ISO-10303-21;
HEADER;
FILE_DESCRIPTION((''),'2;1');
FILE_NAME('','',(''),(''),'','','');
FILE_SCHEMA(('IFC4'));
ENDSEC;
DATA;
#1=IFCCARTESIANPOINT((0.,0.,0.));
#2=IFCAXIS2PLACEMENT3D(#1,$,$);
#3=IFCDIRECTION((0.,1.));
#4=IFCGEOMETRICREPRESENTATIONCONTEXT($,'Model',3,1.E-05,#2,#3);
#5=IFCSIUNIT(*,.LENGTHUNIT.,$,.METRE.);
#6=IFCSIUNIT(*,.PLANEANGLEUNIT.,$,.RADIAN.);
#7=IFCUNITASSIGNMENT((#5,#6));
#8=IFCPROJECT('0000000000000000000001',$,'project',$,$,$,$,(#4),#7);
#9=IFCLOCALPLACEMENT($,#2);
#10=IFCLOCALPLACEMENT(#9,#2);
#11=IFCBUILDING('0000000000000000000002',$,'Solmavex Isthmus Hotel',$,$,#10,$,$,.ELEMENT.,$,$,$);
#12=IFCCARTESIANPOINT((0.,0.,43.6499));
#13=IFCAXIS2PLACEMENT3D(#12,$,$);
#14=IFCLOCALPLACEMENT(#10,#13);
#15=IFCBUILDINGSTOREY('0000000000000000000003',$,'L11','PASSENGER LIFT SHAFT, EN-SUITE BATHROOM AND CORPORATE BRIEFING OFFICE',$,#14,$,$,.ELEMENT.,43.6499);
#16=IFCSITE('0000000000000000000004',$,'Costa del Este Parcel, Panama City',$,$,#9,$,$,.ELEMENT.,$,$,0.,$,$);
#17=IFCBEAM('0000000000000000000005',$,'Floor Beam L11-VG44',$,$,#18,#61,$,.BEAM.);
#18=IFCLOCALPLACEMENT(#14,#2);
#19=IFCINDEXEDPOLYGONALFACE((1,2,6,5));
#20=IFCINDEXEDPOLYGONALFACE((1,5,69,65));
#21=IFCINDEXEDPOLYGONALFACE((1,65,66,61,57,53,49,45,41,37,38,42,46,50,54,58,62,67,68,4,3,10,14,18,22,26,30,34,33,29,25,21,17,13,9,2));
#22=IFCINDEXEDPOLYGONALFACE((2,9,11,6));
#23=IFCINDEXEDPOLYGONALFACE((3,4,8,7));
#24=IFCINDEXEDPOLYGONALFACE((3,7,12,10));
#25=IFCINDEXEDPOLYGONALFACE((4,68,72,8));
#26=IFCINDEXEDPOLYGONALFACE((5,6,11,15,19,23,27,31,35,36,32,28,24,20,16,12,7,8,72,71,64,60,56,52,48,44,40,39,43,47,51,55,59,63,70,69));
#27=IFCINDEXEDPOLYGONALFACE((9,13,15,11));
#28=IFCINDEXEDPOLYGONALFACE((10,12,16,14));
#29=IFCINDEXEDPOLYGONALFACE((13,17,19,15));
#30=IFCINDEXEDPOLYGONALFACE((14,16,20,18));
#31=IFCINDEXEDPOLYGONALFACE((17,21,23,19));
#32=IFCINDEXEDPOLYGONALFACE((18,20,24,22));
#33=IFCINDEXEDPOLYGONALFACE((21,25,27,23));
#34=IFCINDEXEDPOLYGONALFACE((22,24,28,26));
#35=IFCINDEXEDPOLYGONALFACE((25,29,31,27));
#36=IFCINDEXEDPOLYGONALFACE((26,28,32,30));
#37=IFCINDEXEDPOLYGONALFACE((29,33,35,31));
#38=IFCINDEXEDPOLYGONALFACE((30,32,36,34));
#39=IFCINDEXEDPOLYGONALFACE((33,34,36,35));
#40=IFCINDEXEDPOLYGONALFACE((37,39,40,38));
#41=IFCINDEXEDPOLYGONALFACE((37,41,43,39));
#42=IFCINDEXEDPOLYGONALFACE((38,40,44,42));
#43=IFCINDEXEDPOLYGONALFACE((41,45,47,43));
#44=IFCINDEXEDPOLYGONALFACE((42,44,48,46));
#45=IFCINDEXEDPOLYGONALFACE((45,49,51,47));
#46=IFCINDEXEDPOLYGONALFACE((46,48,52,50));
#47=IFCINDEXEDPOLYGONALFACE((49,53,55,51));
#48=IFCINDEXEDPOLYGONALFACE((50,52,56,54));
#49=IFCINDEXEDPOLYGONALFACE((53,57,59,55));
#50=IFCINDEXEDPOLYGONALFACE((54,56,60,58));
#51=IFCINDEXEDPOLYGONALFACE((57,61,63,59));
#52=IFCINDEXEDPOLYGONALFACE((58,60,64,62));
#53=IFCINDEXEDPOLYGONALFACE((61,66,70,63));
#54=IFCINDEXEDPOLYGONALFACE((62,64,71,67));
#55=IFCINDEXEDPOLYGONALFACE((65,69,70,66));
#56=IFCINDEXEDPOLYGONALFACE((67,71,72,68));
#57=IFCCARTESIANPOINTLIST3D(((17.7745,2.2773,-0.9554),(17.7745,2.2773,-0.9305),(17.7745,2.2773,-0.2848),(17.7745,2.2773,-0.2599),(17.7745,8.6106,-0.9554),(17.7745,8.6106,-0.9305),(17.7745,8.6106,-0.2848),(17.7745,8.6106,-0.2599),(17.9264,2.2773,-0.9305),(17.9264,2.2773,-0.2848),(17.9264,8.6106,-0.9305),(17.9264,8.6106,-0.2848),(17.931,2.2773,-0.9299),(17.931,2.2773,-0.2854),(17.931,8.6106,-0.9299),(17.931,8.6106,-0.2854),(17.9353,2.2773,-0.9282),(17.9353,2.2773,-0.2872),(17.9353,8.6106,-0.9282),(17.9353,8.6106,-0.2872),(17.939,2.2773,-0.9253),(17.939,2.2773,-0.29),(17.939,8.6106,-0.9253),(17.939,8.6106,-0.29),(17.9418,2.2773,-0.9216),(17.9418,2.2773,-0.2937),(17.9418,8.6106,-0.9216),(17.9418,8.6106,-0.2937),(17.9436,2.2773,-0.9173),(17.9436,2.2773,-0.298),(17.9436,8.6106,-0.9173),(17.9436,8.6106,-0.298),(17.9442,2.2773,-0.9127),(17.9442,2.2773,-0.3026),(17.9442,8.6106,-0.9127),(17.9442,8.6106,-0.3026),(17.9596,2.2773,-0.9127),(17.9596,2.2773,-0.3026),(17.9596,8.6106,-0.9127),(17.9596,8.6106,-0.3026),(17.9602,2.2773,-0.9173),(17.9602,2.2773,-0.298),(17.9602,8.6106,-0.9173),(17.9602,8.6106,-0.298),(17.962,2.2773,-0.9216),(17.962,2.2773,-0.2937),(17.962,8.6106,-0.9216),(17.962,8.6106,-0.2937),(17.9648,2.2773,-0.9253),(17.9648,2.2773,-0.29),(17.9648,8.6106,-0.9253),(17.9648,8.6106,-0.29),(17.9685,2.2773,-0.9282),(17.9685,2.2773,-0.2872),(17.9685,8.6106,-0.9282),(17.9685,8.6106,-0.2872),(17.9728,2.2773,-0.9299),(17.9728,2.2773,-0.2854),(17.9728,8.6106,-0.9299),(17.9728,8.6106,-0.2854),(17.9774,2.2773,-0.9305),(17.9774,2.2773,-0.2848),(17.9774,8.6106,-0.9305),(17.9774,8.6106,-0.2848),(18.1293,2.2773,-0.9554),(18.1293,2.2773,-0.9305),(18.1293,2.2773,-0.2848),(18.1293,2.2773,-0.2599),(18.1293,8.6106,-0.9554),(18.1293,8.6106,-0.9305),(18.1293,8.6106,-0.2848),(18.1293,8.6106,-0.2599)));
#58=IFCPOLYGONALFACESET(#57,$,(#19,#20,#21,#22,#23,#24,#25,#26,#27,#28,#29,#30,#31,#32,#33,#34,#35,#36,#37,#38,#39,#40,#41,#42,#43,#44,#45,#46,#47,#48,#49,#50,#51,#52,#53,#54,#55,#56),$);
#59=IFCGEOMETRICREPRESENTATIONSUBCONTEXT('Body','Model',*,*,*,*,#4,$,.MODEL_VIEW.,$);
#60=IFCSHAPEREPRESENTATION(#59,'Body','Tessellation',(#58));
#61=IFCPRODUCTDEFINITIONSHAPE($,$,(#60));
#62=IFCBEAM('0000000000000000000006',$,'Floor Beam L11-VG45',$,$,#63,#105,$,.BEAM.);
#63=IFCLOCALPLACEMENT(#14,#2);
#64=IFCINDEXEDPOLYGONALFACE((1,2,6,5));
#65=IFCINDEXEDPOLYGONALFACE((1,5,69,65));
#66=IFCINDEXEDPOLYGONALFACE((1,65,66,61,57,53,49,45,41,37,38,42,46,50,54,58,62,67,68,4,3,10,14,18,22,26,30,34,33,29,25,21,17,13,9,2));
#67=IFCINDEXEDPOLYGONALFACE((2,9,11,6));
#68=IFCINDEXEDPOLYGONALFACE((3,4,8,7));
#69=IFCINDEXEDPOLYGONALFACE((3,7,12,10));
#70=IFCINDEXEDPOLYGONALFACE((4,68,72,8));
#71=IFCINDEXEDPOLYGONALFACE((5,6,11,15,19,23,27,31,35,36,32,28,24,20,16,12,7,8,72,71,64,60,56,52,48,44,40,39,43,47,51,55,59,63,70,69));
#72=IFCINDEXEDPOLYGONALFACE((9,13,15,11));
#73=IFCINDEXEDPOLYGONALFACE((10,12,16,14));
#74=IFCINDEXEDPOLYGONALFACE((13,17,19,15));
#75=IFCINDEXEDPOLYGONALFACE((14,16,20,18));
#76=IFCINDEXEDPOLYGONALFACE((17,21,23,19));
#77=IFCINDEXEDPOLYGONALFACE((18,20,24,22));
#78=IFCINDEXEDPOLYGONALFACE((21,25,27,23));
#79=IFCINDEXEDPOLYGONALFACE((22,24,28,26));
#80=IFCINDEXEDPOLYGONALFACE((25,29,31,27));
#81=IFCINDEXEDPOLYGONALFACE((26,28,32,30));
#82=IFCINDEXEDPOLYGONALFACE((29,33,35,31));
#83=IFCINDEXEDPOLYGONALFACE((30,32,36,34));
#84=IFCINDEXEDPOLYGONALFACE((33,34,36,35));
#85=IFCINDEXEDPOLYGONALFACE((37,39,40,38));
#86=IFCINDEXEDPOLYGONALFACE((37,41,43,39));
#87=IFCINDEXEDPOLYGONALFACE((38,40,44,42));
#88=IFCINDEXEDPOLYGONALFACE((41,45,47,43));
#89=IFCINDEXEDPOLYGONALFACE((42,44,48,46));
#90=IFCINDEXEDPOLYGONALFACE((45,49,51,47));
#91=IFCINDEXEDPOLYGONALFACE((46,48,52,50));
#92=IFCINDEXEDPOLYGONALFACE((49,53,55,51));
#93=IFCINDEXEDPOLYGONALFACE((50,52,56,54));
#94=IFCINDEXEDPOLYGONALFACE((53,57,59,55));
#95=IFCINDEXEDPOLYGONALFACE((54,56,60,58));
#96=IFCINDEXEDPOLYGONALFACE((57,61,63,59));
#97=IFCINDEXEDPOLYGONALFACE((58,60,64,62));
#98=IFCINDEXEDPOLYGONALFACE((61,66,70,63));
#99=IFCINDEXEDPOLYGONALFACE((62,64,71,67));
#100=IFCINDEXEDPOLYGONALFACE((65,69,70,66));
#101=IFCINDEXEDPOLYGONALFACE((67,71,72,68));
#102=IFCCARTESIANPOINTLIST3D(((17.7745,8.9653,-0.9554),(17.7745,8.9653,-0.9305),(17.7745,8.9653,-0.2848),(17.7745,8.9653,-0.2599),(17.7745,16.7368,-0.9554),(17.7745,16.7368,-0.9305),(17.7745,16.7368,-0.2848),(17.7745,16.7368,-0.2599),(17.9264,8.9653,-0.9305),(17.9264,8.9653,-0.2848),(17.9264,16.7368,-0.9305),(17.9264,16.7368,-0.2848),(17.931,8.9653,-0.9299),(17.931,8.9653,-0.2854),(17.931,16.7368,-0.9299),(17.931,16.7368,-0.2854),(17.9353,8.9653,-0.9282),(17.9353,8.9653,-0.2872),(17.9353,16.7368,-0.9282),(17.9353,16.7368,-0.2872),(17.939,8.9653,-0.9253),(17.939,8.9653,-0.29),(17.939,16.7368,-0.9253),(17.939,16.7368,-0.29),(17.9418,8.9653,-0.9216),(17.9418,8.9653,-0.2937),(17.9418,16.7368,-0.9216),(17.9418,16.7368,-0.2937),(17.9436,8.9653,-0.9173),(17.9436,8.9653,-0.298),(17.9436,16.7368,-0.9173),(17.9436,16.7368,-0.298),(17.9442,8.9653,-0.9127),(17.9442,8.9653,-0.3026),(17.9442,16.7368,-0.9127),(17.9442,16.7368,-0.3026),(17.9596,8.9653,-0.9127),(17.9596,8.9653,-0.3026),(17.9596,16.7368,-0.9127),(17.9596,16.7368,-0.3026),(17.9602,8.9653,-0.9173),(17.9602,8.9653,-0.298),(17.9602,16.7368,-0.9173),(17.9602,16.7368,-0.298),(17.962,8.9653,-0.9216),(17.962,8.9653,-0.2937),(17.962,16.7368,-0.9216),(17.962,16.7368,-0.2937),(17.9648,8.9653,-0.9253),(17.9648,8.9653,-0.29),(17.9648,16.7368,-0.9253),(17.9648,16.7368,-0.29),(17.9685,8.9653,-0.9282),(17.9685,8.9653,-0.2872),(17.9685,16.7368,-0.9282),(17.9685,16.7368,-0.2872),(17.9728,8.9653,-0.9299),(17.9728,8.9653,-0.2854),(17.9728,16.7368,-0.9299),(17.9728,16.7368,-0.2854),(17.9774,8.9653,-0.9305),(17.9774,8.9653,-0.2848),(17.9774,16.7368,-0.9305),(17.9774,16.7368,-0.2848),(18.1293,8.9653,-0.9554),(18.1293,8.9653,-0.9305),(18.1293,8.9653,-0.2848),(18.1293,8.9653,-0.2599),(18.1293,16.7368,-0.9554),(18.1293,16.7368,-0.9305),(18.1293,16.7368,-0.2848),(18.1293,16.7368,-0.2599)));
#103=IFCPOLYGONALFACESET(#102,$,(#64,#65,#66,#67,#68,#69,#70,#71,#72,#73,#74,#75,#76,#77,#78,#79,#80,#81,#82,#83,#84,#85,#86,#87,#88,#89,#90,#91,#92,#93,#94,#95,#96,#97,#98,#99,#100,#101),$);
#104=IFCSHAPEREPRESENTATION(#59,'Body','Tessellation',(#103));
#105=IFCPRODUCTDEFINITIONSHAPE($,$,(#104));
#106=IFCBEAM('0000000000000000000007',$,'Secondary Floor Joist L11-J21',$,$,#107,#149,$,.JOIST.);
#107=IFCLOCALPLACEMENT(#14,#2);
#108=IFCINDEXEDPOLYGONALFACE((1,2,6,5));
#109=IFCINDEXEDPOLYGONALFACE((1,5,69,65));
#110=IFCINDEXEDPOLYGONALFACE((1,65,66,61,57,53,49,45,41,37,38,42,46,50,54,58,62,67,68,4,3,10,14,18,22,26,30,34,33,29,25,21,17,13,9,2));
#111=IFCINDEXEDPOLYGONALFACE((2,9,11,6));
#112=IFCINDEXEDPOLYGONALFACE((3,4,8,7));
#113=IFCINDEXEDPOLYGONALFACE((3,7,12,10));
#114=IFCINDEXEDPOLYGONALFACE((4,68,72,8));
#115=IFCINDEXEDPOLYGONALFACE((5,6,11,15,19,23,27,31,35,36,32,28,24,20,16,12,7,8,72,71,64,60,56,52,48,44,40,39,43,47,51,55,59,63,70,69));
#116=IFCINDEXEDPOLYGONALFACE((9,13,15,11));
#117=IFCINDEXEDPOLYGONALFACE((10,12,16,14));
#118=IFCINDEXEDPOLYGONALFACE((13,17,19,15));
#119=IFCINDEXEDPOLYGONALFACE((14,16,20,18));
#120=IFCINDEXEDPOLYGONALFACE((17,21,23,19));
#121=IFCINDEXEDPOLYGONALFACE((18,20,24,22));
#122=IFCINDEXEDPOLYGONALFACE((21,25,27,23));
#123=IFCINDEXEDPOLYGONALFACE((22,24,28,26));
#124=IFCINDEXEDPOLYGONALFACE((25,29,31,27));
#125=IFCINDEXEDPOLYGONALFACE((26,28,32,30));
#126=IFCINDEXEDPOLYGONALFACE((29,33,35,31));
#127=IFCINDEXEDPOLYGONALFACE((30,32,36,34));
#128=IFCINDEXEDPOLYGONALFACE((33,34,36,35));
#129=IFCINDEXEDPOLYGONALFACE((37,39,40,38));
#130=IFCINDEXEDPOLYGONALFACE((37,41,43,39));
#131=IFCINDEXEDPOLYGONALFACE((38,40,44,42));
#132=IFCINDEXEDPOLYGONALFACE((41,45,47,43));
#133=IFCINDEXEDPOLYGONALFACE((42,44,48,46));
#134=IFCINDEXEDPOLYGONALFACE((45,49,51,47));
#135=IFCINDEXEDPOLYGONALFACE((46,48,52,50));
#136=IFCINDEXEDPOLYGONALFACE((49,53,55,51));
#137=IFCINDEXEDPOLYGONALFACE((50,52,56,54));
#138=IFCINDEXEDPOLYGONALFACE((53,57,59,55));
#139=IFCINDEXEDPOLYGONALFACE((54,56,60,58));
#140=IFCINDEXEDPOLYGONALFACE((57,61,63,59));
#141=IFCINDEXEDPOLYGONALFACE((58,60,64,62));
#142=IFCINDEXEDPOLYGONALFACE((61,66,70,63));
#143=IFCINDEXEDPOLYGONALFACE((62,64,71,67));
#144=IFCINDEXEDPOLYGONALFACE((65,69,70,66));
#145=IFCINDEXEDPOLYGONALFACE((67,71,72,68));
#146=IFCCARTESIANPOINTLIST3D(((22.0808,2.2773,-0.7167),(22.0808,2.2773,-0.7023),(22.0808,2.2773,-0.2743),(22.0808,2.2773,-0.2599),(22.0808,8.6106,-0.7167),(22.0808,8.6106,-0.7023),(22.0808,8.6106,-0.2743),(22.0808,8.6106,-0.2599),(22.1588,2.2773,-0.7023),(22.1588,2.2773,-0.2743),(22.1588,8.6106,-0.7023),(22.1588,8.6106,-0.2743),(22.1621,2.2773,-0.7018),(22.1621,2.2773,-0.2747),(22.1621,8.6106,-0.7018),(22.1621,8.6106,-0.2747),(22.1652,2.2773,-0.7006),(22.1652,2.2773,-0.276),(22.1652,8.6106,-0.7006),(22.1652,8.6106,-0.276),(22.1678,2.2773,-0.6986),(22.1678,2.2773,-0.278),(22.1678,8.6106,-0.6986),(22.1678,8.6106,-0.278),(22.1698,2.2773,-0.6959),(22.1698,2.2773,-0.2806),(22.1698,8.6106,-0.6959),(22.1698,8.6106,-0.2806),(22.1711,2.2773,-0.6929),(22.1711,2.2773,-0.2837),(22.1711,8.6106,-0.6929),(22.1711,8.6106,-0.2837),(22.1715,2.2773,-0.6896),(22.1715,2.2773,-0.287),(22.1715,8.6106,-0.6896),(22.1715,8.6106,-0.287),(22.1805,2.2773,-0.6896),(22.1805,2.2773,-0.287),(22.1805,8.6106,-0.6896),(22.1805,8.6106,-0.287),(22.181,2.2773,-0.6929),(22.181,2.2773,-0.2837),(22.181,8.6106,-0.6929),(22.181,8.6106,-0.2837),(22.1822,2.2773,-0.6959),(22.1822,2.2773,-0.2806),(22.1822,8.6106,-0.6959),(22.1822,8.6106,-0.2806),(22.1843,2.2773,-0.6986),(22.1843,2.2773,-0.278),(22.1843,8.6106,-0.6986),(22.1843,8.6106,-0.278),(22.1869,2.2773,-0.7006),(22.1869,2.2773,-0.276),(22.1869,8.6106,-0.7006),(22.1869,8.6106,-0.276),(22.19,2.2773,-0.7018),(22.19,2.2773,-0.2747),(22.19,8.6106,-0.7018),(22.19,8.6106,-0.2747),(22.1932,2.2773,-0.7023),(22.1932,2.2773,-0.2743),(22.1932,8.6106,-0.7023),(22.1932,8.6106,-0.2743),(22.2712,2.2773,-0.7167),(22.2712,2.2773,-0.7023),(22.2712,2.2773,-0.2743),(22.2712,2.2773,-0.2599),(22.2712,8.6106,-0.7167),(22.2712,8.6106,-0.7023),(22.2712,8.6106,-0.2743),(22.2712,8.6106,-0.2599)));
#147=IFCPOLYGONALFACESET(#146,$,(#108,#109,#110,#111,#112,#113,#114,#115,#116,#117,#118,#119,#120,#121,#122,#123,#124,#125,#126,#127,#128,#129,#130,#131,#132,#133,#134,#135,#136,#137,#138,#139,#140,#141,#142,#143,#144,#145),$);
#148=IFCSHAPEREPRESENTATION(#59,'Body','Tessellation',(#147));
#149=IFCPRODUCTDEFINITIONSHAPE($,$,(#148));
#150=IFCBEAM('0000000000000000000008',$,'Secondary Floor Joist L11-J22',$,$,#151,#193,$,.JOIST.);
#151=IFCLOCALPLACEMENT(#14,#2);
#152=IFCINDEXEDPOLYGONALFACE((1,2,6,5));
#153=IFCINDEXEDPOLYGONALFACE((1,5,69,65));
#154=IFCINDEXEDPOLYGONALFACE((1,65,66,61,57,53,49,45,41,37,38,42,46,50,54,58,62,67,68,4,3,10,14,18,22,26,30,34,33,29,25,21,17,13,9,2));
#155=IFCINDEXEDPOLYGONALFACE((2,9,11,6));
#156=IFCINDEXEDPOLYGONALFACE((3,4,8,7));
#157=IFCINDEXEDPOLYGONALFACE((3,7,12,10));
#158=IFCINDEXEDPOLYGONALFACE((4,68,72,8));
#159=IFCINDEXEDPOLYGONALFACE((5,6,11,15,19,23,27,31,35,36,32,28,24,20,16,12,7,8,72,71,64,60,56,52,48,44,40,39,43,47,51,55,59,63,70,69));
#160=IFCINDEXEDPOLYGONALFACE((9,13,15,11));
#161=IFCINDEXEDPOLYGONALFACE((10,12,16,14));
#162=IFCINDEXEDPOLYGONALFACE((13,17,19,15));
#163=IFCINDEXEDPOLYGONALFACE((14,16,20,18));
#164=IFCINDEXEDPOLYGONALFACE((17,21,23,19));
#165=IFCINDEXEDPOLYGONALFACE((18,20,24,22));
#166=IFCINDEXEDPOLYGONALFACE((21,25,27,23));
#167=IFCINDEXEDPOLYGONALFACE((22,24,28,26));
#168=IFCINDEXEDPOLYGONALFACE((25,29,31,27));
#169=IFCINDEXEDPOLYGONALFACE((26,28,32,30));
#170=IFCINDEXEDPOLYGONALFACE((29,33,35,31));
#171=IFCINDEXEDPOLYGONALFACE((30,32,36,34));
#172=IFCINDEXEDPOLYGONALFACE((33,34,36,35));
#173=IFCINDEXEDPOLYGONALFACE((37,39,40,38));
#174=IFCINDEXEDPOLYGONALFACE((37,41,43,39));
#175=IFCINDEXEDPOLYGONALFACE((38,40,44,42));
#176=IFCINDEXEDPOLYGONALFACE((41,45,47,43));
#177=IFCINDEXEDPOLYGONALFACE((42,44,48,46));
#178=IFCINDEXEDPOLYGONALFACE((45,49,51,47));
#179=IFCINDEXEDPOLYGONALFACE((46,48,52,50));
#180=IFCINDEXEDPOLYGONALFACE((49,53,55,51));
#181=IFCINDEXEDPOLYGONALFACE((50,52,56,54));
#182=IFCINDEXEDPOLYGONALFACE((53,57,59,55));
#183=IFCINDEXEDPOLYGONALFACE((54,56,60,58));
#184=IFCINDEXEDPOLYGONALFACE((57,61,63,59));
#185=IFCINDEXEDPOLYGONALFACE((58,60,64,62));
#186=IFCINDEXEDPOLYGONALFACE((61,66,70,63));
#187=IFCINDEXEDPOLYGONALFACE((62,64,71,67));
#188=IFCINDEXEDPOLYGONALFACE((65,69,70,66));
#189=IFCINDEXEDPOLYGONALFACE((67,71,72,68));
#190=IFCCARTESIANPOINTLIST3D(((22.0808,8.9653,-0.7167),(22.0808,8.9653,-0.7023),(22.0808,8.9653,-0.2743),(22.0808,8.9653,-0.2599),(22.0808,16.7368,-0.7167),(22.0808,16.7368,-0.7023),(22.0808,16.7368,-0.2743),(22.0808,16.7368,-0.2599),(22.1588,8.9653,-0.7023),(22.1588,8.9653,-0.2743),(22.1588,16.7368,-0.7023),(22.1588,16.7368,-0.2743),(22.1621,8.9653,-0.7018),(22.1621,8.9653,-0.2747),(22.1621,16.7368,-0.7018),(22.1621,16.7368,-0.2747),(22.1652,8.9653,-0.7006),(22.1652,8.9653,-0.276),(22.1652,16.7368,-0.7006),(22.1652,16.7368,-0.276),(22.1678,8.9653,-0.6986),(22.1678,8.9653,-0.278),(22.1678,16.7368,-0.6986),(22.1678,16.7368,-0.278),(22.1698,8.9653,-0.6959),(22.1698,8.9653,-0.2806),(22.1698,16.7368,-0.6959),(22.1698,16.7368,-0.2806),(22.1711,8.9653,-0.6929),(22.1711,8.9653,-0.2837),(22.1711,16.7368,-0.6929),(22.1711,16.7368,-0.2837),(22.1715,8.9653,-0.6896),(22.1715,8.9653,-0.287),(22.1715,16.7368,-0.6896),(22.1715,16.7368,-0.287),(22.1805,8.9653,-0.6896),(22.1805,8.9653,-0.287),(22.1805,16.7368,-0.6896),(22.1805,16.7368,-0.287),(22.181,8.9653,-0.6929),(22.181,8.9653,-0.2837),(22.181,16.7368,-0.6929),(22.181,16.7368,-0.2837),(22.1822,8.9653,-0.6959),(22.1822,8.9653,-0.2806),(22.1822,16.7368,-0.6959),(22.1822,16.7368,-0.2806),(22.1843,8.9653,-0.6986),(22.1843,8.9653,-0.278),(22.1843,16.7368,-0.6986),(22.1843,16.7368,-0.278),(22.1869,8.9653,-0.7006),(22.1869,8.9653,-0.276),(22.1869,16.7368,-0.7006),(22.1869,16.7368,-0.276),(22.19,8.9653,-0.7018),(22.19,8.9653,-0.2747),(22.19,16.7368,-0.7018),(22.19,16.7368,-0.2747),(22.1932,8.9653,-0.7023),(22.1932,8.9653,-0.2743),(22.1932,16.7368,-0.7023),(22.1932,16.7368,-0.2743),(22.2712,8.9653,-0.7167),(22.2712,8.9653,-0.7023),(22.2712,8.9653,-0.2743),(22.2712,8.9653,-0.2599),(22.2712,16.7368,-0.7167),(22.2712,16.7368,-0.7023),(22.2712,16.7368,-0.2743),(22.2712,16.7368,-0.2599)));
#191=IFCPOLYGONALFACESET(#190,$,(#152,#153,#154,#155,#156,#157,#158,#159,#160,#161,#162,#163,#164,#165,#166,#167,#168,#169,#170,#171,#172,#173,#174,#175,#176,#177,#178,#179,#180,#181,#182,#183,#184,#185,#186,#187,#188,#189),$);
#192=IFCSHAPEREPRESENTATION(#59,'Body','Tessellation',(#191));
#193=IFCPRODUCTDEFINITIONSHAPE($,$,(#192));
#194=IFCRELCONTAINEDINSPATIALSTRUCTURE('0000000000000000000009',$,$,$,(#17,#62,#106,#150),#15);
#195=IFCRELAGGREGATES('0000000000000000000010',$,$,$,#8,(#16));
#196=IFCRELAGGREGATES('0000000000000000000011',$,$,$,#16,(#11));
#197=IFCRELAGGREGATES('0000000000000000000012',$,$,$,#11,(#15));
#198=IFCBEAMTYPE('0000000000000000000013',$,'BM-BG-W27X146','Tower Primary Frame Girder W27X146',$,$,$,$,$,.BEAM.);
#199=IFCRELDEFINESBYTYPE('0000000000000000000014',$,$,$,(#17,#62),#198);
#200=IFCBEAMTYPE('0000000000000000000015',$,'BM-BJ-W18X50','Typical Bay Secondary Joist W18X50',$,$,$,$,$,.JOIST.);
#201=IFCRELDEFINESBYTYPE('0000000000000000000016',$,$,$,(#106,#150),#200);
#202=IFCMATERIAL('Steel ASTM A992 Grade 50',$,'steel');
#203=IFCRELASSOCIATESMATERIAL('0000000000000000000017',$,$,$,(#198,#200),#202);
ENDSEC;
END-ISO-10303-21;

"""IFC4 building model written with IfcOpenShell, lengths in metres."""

from ifc_helpers import new_model, si_unit, direction, frame, origin, origin_2d, place, context, subcontext, project, spatial, i_section, extrude, material, material_profile, profile_set, type_object, element, save


model = new_model("IFC4")

# Units and contexts
model_context = context("Model", 3, precision=1e-05, world=origin(), true_north=direction((0.0, 1.0)))
body_context = subcontext(model_context, "Body", "Model", "MODEL_VIEW")
ifc_project = project(units=[si_unit("LENGTHUNIT", "METRE"), si_unit("PLANEANGLEUNIT", "RADIAN")], contexts=[model_context])

# Site, building, storey
site_placement = place(None, origin())
site = spatial("IfcSite", under=ifc_project, at=site_placement, Name="Costa del Este Parcel, Panama City", CompositionType="ELEMENT", RefElevation=0.0)
building_placement = place(site_placement, origin())
building = spatial("IfcBuilding", under=site, at=building_placement, Name="Solmavex Isthmus Hotel", CompositionType="ELEMENT")
storey_placement = place(building_placement, frame((0.0, 0.0, 43.6499)))
storey = spatial("IfcBuildingStorey", under=building, at=storey_placement, Name="L11", Description="PASSENGER LIFT SHAFT, EN-SUITE BATHROOM AND CORPORATE BRIEFING OFFICE", CompositionType="ELEMENT", Elevation=43.6499)

# Beams
ifc_material_1 = material(Name="Steel ASTM A992 Grade 50", Category="steel")
ifc_material_profile_1 = material_profile(ifc_material_1, i_section(OverallWidth=0.3547, OverallDepth=0.6956, WebThickness=0.0154, FlangeThickness=0.0249, FilletRadius=0.0178, at=origin_2d()), Name="W27X146")
ifc_profile_set_1 = profile_set([ifc_material_profile_1], Name="Steel ASTM A992 Grade 50")
beam_type_1 = type_object("IfcBeamType", Name="BM-BG-W27X146", Description="Tower Primary Frame Girder W27X146", PredefinedType="BEAM", material=ifc_profile_set_1)
beam_1_placement = place(storey_placement, frame((17.9519, 2.2773, -0.6077), z_axis=(0.0, 1.0, 0.0), x_axis=(-1.0, 0.0, 0.0)))
element("IfcBeam", 1, at=beam_1_placement, inside=storey, type_object=beam_type_1, Name="Floor Beam L11-VG44", PredefinedType="BEAM", context=body_context, shape_type="SweptSolid", body=[
    extrude(i_section(OverallWidth=0.3547, OverallDepth=0.6956, WebThickness=0.0154, FlangeThickness=0.0249, FilletRadius=0.0178, at=origin_2d()), origin(), (0.0, 0.0, 1.0), 6.3333),
])
beam_2_placement = place(storey_placement, frame((17.9519, 8.9653, -0.6077), z_axis=(0.0, 1.0, 0.0), x_axis=(-1.0, 0.0, 0.0)))
element("IfcBeam", 2, at=beam_2_placement, inside=storey, type_object=beam_type_1, Name="Floor Beam L11-VG45", PredefinedType="BEAM", context=body_context, shape_type="SweptSolid", body=[
    extrude(i_section(OverallWidth=0.3547, OverallDepth=0.6956, WebThickness=0.0154, FlangeThickness=0.0249, FilletRadius=0.0178, at=origin_2d()), origin(), (0.0, 0.0, 1.0), 7.7715),
])
ifc_material_profile_2 = material_profile(ifc_material_1, i_section(OverallWidth=0.1904, OverallDepth=0.4568, WebThickness=0.009, FlangeThickness=0.0144, FilletRadius=0.0127, at=origin_2d()), Name="W18X50")
ifc_profile_set_2 = profile_set([ifc_material_profile_2], Name="Steel ASTM A992 Grade 50")
beam_type_2 = type_object("IfcBeamType", Name="BM-BJ-W18X50", Description="Typical Bay Secondary Joist W18X50", PredefinedType="JOIST", material=ifc_profile_set_2)
beam_3_placement = place(storey_placement, frame((22.176, 2.2773, -0.4883), z_axis=(0.0, 1.0, 0.0), x_axis=(-1.0, 0.0, 0.0)))
element("IfcBeam", 3, at=beam_3_placement, inside=storey, type_object=beam_type_2, Name="Secondary Floor Joist L11-J21", PredefinedType="JOIST", context=body_context, shape_type="SweptSolid", body=[
    extrude(i_section(OverallWidth=0.1904, OverallDepth=0.4568, WebThickness=0.009, FlangeThickness=0.0144, FilletRadius=0.0127, at=origin_2d()), origin(), (0.0, 0.0, 1.0), 6.3333),
])
beam_4_placement = place(storey_placement, frame((22.176, 8.9653, -0.4883), z_axis=(0.0, 1.0, 0.0), x_axis=(-1.0, 0.0, 0.0)))
element("IfcBeam", 4, at=beam_4_placement, inside=storey, type_object=beam_type_2, Name="Secondary Floor Joist L11-J22", PredefinedType="JOIST", context=body_context, shape_type="SweptSolid", body=[
    extrude(i_section(OverallWidth=0.1904, OverallDepth=0.4568, WebThickness=0.009, FlangeThickness=0.0144, FilletRadius=0.0127, at=origin_2d()), origin(), (0.0, 0.0, 1.0), 7.7715),
])

save(model, "model.ifc")
